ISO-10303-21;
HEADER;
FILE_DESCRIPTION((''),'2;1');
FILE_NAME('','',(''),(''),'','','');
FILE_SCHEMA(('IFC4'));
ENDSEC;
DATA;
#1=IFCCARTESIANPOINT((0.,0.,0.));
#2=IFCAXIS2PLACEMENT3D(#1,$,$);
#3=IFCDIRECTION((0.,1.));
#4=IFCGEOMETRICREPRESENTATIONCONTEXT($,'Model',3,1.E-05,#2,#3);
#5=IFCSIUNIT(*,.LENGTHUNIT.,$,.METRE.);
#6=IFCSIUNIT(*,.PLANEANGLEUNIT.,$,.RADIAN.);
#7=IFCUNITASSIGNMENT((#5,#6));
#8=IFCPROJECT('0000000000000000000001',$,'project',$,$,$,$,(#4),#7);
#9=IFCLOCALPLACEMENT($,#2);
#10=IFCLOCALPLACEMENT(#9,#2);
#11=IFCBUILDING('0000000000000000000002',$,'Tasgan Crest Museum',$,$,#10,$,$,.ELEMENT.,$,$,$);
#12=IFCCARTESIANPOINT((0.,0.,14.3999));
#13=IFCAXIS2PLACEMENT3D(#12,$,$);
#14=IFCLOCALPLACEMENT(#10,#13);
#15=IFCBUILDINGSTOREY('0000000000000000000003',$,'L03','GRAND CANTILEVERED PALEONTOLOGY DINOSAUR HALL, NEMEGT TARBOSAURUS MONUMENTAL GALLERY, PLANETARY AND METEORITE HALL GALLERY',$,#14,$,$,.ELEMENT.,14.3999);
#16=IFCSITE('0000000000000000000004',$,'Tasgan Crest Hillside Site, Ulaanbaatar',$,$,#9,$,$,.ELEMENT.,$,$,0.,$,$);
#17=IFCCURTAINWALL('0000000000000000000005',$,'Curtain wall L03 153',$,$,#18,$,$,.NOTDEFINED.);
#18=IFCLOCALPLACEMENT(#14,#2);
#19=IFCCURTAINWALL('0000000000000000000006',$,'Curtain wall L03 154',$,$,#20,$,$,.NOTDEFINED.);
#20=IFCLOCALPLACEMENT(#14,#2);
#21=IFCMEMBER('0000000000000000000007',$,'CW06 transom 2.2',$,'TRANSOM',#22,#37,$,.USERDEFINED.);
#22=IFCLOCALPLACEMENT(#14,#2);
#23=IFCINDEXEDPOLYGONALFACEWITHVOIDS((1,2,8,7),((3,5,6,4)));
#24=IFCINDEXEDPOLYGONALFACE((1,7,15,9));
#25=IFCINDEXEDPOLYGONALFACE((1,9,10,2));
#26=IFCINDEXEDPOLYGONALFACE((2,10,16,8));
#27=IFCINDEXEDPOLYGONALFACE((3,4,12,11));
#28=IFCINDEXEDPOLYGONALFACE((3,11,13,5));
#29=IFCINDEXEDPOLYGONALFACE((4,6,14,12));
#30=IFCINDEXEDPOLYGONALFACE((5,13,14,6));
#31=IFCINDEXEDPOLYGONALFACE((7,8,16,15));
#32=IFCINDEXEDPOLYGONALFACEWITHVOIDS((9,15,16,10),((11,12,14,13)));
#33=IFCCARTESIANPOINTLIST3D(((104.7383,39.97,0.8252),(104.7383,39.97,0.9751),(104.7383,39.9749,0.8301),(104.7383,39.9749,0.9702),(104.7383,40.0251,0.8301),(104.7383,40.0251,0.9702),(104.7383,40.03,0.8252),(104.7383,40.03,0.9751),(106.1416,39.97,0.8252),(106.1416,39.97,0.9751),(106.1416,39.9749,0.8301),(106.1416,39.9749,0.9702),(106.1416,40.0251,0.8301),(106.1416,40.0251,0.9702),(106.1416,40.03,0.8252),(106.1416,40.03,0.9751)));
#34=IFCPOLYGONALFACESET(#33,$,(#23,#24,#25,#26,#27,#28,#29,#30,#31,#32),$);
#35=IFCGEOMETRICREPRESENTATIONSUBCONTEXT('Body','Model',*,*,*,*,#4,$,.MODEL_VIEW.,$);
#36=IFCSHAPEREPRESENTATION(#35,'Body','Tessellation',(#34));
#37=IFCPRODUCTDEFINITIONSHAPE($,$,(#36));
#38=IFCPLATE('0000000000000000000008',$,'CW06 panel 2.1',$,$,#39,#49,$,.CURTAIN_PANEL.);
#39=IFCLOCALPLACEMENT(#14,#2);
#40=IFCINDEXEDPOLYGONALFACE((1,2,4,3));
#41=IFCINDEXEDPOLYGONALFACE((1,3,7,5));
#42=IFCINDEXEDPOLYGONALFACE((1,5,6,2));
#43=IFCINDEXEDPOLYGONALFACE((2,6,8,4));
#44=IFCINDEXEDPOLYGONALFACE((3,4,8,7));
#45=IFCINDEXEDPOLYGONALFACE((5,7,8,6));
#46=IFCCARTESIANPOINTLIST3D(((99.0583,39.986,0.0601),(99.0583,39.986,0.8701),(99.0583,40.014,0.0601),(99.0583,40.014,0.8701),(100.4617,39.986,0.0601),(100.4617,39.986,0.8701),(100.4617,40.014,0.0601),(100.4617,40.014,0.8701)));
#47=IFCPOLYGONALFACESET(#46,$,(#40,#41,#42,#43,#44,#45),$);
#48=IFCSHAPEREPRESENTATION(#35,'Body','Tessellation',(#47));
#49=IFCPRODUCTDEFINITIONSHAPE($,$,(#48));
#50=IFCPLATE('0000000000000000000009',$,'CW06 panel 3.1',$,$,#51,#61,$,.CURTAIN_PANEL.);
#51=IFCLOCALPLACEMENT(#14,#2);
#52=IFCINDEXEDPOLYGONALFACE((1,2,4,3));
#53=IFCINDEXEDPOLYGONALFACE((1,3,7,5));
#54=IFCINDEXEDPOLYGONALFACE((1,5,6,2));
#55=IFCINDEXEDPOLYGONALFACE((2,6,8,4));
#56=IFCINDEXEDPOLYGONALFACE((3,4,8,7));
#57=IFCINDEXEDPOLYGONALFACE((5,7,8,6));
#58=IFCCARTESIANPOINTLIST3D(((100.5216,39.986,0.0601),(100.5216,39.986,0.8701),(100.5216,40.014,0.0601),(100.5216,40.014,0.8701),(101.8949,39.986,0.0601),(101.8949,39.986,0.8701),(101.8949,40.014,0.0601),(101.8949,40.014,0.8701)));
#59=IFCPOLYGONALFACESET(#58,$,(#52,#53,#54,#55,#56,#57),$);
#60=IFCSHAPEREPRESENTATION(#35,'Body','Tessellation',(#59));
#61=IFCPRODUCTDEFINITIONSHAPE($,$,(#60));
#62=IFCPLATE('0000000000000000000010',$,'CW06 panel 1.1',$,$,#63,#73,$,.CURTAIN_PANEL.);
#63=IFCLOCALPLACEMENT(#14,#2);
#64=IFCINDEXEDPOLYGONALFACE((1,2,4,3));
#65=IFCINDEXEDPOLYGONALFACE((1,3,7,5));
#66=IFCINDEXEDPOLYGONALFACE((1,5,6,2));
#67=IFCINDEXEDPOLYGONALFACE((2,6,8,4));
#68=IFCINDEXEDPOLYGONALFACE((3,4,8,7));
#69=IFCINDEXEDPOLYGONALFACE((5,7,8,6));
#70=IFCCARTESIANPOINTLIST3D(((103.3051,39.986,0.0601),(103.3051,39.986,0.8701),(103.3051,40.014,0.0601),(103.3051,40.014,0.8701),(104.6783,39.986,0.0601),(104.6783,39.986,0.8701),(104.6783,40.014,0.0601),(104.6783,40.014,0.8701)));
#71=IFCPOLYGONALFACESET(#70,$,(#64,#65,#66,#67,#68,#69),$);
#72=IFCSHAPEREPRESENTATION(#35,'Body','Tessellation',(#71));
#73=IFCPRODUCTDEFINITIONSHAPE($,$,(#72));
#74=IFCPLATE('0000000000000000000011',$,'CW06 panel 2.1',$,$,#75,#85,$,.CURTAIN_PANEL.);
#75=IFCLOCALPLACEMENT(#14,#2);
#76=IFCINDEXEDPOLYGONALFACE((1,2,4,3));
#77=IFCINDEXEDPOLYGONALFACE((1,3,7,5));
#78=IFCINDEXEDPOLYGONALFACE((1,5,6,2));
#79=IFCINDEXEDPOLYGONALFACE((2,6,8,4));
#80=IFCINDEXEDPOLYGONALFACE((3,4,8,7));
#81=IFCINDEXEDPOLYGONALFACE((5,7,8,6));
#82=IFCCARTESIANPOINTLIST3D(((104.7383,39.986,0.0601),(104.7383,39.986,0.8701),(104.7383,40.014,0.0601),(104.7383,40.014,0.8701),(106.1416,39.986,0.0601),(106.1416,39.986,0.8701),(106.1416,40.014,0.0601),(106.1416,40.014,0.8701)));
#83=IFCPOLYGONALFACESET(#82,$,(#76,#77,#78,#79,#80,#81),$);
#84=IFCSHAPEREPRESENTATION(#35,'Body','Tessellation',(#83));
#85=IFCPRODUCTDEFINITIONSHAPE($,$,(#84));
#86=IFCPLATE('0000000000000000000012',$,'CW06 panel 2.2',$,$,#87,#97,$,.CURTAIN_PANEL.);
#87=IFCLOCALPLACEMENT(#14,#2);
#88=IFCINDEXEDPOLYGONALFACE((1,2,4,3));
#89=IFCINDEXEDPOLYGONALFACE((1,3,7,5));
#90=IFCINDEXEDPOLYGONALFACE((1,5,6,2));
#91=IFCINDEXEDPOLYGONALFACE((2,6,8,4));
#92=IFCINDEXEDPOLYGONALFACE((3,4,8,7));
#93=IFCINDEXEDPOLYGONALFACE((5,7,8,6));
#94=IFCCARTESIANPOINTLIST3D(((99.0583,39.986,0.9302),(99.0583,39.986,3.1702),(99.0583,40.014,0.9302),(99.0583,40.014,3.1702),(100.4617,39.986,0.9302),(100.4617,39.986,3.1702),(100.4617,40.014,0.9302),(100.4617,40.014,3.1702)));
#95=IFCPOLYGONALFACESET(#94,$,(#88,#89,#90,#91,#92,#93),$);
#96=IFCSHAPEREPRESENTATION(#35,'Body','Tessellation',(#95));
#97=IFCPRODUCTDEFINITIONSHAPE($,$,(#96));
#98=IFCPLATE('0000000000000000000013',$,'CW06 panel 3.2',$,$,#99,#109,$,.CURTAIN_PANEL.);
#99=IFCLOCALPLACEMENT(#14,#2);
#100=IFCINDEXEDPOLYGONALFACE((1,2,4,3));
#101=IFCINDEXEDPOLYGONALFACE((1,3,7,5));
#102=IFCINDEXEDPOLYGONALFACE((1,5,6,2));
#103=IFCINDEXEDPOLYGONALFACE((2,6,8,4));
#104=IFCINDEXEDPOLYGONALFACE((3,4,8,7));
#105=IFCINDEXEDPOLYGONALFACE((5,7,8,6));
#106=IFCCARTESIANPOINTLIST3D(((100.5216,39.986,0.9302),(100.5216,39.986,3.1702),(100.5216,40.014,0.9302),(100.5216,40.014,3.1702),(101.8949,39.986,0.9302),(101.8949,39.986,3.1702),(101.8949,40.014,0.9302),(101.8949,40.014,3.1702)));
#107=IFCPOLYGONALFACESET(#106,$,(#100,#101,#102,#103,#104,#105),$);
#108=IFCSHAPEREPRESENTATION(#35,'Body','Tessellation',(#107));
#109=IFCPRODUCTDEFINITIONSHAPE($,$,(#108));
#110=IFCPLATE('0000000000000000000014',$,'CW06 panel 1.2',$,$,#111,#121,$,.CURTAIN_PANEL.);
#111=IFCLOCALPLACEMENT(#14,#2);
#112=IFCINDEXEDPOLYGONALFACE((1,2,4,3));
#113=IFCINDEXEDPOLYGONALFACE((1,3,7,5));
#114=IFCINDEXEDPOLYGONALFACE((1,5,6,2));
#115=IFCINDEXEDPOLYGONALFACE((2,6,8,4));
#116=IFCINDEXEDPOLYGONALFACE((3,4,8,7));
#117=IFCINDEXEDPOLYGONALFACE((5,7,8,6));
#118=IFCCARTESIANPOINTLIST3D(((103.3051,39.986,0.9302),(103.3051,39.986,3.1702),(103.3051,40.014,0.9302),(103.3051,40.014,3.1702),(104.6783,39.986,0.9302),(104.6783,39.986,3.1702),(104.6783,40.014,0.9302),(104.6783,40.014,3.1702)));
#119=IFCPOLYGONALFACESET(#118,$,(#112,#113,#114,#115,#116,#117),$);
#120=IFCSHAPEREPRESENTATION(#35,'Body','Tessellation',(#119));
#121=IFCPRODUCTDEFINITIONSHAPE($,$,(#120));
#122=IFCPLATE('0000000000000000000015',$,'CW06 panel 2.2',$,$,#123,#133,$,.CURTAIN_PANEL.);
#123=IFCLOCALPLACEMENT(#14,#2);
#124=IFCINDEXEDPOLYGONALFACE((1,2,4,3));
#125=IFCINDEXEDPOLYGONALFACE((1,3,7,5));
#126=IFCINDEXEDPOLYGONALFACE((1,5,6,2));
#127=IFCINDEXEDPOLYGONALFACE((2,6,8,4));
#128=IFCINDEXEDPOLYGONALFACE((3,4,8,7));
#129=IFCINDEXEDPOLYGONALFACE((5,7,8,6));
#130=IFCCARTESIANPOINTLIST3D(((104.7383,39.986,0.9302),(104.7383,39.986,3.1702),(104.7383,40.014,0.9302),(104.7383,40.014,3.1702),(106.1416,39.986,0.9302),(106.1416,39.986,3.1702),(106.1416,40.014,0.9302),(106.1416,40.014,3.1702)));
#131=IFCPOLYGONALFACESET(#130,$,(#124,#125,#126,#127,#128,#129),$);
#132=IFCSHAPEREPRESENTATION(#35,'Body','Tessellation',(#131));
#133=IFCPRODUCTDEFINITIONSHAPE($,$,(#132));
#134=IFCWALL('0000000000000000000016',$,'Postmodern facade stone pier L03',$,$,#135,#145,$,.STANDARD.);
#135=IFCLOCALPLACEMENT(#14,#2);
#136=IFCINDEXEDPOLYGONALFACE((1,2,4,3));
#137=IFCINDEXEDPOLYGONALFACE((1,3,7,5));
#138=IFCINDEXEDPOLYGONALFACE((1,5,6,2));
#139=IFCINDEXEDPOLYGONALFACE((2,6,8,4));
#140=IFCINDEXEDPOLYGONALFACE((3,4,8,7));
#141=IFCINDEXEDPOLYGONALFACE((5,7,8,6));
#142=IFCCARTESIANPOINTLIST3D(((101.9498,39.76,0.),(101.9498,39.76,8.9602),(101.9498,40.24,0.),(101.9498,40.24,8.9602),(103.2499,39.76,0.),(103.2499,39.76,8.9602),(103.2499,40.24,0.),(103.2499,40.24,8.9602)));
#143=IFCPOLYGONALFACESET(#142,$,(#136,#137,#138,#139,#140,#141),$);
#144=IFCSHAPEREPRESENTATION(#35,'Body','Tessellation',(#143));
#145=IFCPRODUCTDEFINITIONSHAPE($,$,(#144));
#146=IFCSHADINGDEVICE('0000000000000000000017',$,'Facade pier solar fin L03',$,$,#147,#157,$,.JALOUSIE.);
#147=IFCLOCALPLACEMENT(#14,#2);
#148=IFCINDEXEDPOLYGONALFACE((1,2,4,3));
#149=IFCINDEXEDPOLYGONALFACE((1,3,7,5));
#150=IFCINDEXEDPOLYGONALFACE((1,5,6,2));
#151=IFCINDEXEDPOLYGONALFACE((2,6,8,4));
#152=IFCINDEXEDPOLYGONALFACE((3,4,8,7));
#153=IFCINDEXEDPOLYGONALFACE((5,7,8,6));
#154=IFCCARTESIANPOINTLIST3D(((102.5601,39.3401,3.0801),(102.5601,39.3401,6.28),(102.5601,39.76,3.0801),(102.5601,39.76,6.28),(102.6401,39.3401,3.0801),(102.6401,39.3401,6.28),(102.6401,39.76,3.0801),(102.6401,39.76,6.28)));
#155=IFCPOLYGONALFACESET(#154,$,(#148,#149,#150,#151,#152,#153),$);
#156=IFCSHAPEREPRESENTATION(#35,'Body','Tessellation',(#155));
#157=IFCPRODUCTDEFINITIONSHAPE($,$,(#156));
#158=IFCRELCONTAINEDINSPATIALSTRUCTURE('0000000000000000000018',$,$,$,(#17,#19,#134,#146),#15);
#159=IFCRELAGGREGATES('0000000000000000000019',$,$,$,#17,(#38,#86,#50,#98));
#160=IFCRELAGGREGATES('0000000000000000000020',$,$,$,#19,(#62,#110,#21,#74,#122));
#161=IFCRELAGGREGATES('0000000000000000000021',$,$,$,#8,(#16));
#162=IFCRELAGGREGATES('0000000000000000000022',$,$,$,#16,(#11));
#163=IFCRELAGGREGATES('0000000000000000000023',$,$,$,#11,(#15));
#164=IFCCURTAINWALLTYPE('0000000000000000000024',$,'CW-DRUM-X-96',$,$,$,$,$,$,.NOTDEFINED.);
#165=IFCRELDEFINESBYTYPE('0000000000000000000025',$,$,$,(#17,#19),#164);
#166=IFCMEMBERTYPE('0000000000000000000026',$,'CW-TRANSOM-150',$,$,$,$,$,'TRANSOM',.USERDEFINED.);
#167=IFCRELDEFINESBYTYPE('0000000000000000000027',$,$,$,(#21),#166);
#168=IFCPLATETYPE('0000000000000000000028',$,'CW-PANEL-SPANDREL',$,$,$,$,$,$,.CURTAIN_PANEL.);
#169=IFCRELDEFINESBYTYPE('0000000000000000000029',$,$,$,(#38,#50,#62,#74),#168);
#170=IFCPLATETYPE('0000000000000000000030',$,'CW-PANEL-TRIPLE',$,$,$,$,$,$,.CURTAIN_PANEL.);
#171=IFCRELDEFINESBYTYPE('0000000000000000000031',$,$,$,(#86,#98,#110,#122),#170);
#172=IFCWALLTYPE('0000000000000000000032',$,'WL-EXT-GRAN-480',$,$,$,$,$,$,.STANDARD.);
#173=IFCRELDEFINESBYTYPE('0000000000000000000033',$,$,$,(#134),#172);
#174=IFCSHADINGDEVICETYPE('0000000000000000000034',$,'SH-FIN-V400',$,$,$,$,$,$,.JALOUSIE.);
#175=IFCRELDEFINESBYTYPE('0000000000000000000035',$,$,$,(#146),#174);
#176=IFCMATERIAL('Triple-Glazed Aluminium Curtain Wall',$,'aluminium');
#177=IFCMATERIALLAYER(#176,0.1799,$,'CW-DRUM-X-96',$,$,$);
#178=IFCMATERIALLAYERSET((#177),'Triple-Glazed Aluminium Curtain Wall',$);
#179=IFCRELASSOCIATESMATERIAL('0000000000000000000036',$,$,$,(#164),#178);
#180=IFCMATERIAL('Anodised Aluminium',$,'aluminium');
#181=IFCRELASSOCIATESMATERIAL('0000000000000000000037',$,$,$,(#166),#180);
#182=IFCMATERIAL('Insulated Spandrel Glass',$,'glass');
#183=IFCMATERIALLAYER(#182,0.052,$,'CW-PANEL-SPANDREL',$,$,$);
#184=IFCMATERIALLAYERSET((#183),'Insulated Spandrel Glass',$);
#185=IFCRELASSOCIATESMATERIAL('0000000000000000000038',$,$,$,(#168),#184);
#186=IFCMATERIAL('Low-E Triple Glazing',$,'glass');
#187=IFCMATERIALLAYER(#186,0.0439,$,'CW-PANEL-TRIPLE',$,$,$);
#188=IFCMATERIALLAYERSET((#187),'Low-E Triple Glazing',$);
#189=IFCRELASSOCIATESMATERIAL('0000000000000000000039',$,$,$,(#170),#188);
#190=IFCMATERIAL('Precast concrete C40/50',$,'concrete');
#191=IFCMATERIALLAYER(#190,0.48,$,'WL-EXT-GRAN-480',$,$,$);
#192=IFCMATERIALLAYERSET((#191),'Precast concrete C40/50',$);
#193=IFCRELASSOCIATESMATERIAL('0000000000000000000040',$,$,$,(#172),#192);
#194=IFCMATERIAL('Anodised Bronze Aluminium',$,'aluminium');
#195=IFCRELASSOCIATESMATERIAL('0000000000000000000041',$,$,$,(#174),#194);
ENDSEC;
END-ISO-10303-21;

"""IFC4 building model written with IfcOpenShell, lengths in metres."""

from ifc_helpers import new_model, si_unit, direction, frame, frame_2d, origin, origin_2d, place, context, subcontext, project, spatial, rectangle, hollow_rectangle, extrude, material, layer, layer_set, material_profile, profile_set, type_object, element, aggregate, save


model = new_model("IFC4")

# Units and contexts
model_context = context("Model", 3, precision=1e-05, world=origin(), true_north=direction((0.0, 1.0)))
body_context = subcontext(model_context, "Body", "Model", "MODEL_VIEW")
ifc_project = project(units=[si_unit("LENGTHUNIT", "METRE"), si_unit("PLANEANGLEUNIT", "RADIAN")], contexts=[model_context])

# Site, building, storey
site_placement = place(None, origin())
site = spatial("IfcSite", under=ifc_project, at=site_placement, Name="Tasgan Crest Hillside Site, Ulaanbaatar", CompositionType="ELEMENT", RefElevation=0.0)
building_placement = place(site_placement, origin())
building = spatial("IfcBuilding", under=site, at=building_placement, Name="Tasgan Crest Museum", CompositionType="ELEMENT")
storey_placement = place(building_placement, frame((0.0, 0.0, 14.3999)))
storey = spatial("IfcBuildingStorey", under=building, at=storey_placement, Name="L03", Description="GRAND CANTILEVERED PALEONTOLOGY DINOSAUR HALL, NEMEGT TARBOSAURUS MONUMENTAL GALLERY, PLANETARY AND METEORITE HALL GALLERY", CompositionType="ELEMENT", Elevation=14.3999)

# Curtain walls
ifc_material_1 = material(Name="Triple-Glazed Aluminium Curtain Wall", Category="aluminium")
ifc_layer_1 = layer(ifc_material_1, 0.1799, Name="CW-DRUM-X-96")
ifc_layer_set_1 = layer_set([ifc_layer_1], Name="Triple-Glazed Aluminium Curtain Wall")
curtain_wall_type = type_object("IfcCurtainWallType", Name="CW-DRUM-X-96", PredefinedType="NOTDEFINED", material=ifc_layer_set_1)
curtain_wall_1_placement = place(storey_placement, origin())
curtain_wall_1 = element("IfcCurtainWall", 1, at=curtain_wall_1_placement, inside=storey, type_object=curtain_wall_type, Name="Curtain wall L03 153", PredefinedType="NOTDEFINED")
curtain_wall_2_placement = place(storey_placement, origin())
curtain_wall_2 = element("IfcCurtainWall", 2, at=curtain_wall_2_placement, inside=storey, type_object=curtain_wall_type, Name="Curtain wall L03 154", PredefinedType="NOTDEFINED")

# Member
ifc_material_2 = material(Name="Anodised Aluminium", Category="aluminium")
ifc_material_profile_1 = material_profile(ifc_material_2, hollow_rectangle(XDim=0.0601, YDim=0.1499, WallThickness=0.0049, at=origin_2d()), Name="ALU TRANSOM 150x60x5")
ifc_profile_set_1 = profile_set([ifc_material_profile_1], Name="Anodised Aluminium")
member_type_1 = type_object("IfcMemberType", Name="CW-TRANSOM-150", ElementType="TRANSOM", PredefinedType="USERDEFINED", material=ifc_profile_set_1)
member_1_placement = place(storey_placement, frame((104.7383, 40.0, 0.9001), z_axis=(1.0, 0.0, 0.0), x_axis=(0.0, 1.0, 0.0)))
member_1 = element("IfcMember", 3, at=member_1_placement, type_object=member_type_1, Name="CW06 transom 2.2", ObjectType="TRANSOM", PredefinedType="USERDEFINED", context=body_context, shape_type="SweptSolid", body=[
    extrude(hollow_rectangle(XDim=0.0601, YDim=0.1499, WallThickness=0.0049, at=origin_2d()), origin(), (0.0, 0.0, 1.0), 1.4033),
])

# Plates
ifc_material_3 = material(Name="Insulated Spandrel Glass", Category="glass")
ifc_layer_2 = layer(ifc_material_3, 0.052, Name="CW-PANEL-SPANDREL")
ifc_layer_set_2 = layer_set([ifc_layer_2], Name="Insulated Spandrel Glass")
plate_type_1 = type_object("IfcPlateType", Name="CW-PANEL-SPANDREL", PredefinedType="CURTAIN_PANEL", material=ifc_layer_set_2)
plate_1_placement = place(storey_placement, frame((99.76, 40.0, 0.0601), z_axis=(0.0, 0.0, 1.0), x_axis=(1.0, 0.0, 0.0)))
plate_1 = element("IfcPlate", 4, at=plate_1_placement, type_object=plate_type_1, Name="CW06 panel 2.1", PredefinedType="CURTAIN_PANEL", context=body_context, shape_type="SweptSolid", body=[
    extrude(rectangle(XDim=1.4033, YDim=0.0281, at=origin_2d()), origin(), (0.0, 0.0, 1.0), 0.8101),
])
plate_2_placement = place(storey_placement, frame((101.2083, 40.0, 0.0601), z_axis=(0.0, 0.0, 1.0), x_axis=(1.0, 0.0, 0.0)))
plate_2 = element("IfcPlate", 5, at=plate_2_placement, type_object=plate_type_1, Name="CW06 panel 3.1", PredefinedType="CURTAIN_PANEL", context=body_context, shape_type="SweptSolid", body=[
    extrude(rectangle(XDim=1.3733, YDim=0.0281, at=origin_2d()), origin(), (0.0, 0.0, 1.0), 0.8101),
])
plate_3_placement = place(storey_placement, frame((103.9917, 40.0, 0.0601), z_axis=(0.0, 0.0, 1.0), x_axis=(1.0, 0.0, 0.0)))
plate_3 = element("IfcPlate", 6, at=plate_3_placement, type_object=plate_type_1, Name="CW06 panel 1.1", PredefinedType="CURTAIN_PANEL", context=body_context, shape_type="SweptSolid", body=[
    extrude(rectangle(XDim=1.3733, YDim=0.0281, at=origin_2d()), origin(), (0.0, 0.0, 1.0), 0.8101),
])
plate_4_placement = place(storey_placement, frame((105.4399, 40.0, 0.0601), z_axis=(0.0, 0.0, 1.0), x_axis=(1.0, 0.0, 0.0)))
plate_4 = element("IfcPlate", 7, at=plate_4_placement, type_object=plate_type_1, Name="CW06 panel 2.1", PredefinedType="CURTAIN_PANEL", context=body_context, shape_type="SweptSolid", body=[
    extrude(rectangle(XDim=1.4033, YDim=0.0281, at=origin_2d()), origin(), (0.0, 0.0, 1.0), 0.8101),
])
ifc_material_4 = material(Name="Low-E Triple Glazing", Category="glass")
ifc_layer_3 = layer(ifc_material_4, 0.0439, Name="CW-PANEL-TRIPLE")
ifc_layer_set_3 = layer_set([ifc_layer_3], Name="Low-E Triple Glazing")
plate_type_2 = type_object("IfcPlateType", Name="CW-PANEL-TRIPLE", PredefinedType="CURTAIN_PANEL", material=ifc_layer_set_3)
plate_5_placement = place(storey_placement, frame((99.76, 40.0, 0.9302), z_axis=(0.0, 0.0, 1.0), x_axis=(1.0, 0.0, 0.0)))
plate_5 = element("IfcPlate", 8, at=plate_5_placement, type_object=plate_type_2, Name="CW06 panel 2.2", PredefinedType="CURTAIN_PANEL", context=body_context, shape_type="SweptSolid", body=[
    extrude(rectangle(XDim=1.4033, YDim=0.0281, at=origin_2d()), origin(), (0.0, 0.0, 1.0), 2.24),
])
plate_6_placement = place(storey_placement, frame((101.2083, 40.0, 0.9302), z_axis=(0.0, 0.0, 1.0), x_axis=(1.0, 0.0, 0.0)))
plate_6 = element("IfcPlate", 9, at=plate_6_placement, type_object=plate_type_2, Name="CW06 panel 3.2", PredefinedType="CURTAIN_PANEL", context=body_context, shape_type="SweptSolid", body=[
    extrude(rectangle(XDim=1.3733, YDim=0.0281, at=origin_2d()), origin(), (0.0, 0.0, 1.0), 2.24),
])
aggregate(curtain_wall_1, [plate_1, plate_5, plate_2, plate_6])
plate_7_placement = place(storey_placement, frame((103.9917, 40.0, 0.9302), z_axis=(0.0, 0.0, 1.0), x_axis=(1.0, 0.0, 0.0)))
plate_7 = element("IfcPlate", 10, at=plate_7_placement, type_object=plate_type_2, Name="CW06 panel 1.2", PredefinedType="CURTAIN_PANEL", context=body_context, shape_type="SweptSolid", body=[
    extrude(rectangle(XDim=1.3733, YDim=0.0281, at=origin_2d()), origin(), (0.0, 0.0, 1.0), 2.24),
])
plate_8_placement = place(storey_placement, frame((105.4399, 40.0, 0.9302), z_axis=(0.0, 0.0, 1.0), x_axis=(1.0, 0.0, 0.0)))
plate_8 = element("IfcPlate", 11, at=plate_8_placement, type_object=plate_type_2, Name="CW06 panel 2.2", PredefinedType="CURTAIN_PANEL", context=body_context, shape_type="SweptSolid", body=[
    extrude(rectangle(XDim=1.4033, YDim=0.0281, at=origin_2d()), origin(), (0.0, 0.0, 1.0), 2.24),
])
aggregate(curtain_wall_2, [plate_3, plate_7, member_1, plate_4, plate_8])

# Wall
ifc_material_5 = material(Name="Precast concrete C40/50", Category="concrete")
ifc_layer_4 = layer(ifc_material_5, 0.48, Name="WL-EXT-GRAN-480")
ifc_layer_set_4 = layer_set([ifc_layer_4], Name="Precast concrete C40/50")
wall_type = type_object("IfcWallType", Name="WL-EXT-GRAN-480", PredefinedType="STANDARD", material=ifc_layer_set_4)
wall_placement = place(storey_placement, frame((101.95, 40.0, 0.0), z_axis=(0.0, 0.0, 1.0), x_axis=(1.0, 0.0, 0.0)))
element("IfcWall", 12, at=wall_placement, inside=storey, type_object=wall_type, Name="Postmodern facade stone pier L03", PredefinedType="STANDARD", context=body_context, shape_type="SweptSolid", body=[
    extrude(rectangle(XDim=1.3, YDim=0.48, at=frame_2d((0.6499, 0.0))), origin(), (0.0, 0.0, 1.0), 8.9602),
])

# Shading device
ifc_material_6 = material(Name="Anodised Bronze Aluminium", Category="aluminium")
shading_device_type = type_object("IfcShadingDeviceType", Name="SH-FIN-V400", PredefinedType="JALOUSIE", material=ifc_material_6)
shading_device_placement = place(storey_placement, frame((102.6001, 39.55, 3.0801), z_axis=(0.0, 0.0, 1.0), x_axis=(1.0, 0.0, 0.0)))
element("IfcShadingDevice", 13, at=shading_device_placement, inside=storey, type_object=shading_device_type, Name="Facade pier solar fin L03", PredefinedType="JALOUSIE", context=body_context, shape_type="SweptSolid", body=[
    extrude(rectangle(XDim=0.0801, YDim=0.4199, at=origin_2d()), origin(), (0.0, 0.0, 1.0), 3.2),
])

save(model, "model.ifc")
